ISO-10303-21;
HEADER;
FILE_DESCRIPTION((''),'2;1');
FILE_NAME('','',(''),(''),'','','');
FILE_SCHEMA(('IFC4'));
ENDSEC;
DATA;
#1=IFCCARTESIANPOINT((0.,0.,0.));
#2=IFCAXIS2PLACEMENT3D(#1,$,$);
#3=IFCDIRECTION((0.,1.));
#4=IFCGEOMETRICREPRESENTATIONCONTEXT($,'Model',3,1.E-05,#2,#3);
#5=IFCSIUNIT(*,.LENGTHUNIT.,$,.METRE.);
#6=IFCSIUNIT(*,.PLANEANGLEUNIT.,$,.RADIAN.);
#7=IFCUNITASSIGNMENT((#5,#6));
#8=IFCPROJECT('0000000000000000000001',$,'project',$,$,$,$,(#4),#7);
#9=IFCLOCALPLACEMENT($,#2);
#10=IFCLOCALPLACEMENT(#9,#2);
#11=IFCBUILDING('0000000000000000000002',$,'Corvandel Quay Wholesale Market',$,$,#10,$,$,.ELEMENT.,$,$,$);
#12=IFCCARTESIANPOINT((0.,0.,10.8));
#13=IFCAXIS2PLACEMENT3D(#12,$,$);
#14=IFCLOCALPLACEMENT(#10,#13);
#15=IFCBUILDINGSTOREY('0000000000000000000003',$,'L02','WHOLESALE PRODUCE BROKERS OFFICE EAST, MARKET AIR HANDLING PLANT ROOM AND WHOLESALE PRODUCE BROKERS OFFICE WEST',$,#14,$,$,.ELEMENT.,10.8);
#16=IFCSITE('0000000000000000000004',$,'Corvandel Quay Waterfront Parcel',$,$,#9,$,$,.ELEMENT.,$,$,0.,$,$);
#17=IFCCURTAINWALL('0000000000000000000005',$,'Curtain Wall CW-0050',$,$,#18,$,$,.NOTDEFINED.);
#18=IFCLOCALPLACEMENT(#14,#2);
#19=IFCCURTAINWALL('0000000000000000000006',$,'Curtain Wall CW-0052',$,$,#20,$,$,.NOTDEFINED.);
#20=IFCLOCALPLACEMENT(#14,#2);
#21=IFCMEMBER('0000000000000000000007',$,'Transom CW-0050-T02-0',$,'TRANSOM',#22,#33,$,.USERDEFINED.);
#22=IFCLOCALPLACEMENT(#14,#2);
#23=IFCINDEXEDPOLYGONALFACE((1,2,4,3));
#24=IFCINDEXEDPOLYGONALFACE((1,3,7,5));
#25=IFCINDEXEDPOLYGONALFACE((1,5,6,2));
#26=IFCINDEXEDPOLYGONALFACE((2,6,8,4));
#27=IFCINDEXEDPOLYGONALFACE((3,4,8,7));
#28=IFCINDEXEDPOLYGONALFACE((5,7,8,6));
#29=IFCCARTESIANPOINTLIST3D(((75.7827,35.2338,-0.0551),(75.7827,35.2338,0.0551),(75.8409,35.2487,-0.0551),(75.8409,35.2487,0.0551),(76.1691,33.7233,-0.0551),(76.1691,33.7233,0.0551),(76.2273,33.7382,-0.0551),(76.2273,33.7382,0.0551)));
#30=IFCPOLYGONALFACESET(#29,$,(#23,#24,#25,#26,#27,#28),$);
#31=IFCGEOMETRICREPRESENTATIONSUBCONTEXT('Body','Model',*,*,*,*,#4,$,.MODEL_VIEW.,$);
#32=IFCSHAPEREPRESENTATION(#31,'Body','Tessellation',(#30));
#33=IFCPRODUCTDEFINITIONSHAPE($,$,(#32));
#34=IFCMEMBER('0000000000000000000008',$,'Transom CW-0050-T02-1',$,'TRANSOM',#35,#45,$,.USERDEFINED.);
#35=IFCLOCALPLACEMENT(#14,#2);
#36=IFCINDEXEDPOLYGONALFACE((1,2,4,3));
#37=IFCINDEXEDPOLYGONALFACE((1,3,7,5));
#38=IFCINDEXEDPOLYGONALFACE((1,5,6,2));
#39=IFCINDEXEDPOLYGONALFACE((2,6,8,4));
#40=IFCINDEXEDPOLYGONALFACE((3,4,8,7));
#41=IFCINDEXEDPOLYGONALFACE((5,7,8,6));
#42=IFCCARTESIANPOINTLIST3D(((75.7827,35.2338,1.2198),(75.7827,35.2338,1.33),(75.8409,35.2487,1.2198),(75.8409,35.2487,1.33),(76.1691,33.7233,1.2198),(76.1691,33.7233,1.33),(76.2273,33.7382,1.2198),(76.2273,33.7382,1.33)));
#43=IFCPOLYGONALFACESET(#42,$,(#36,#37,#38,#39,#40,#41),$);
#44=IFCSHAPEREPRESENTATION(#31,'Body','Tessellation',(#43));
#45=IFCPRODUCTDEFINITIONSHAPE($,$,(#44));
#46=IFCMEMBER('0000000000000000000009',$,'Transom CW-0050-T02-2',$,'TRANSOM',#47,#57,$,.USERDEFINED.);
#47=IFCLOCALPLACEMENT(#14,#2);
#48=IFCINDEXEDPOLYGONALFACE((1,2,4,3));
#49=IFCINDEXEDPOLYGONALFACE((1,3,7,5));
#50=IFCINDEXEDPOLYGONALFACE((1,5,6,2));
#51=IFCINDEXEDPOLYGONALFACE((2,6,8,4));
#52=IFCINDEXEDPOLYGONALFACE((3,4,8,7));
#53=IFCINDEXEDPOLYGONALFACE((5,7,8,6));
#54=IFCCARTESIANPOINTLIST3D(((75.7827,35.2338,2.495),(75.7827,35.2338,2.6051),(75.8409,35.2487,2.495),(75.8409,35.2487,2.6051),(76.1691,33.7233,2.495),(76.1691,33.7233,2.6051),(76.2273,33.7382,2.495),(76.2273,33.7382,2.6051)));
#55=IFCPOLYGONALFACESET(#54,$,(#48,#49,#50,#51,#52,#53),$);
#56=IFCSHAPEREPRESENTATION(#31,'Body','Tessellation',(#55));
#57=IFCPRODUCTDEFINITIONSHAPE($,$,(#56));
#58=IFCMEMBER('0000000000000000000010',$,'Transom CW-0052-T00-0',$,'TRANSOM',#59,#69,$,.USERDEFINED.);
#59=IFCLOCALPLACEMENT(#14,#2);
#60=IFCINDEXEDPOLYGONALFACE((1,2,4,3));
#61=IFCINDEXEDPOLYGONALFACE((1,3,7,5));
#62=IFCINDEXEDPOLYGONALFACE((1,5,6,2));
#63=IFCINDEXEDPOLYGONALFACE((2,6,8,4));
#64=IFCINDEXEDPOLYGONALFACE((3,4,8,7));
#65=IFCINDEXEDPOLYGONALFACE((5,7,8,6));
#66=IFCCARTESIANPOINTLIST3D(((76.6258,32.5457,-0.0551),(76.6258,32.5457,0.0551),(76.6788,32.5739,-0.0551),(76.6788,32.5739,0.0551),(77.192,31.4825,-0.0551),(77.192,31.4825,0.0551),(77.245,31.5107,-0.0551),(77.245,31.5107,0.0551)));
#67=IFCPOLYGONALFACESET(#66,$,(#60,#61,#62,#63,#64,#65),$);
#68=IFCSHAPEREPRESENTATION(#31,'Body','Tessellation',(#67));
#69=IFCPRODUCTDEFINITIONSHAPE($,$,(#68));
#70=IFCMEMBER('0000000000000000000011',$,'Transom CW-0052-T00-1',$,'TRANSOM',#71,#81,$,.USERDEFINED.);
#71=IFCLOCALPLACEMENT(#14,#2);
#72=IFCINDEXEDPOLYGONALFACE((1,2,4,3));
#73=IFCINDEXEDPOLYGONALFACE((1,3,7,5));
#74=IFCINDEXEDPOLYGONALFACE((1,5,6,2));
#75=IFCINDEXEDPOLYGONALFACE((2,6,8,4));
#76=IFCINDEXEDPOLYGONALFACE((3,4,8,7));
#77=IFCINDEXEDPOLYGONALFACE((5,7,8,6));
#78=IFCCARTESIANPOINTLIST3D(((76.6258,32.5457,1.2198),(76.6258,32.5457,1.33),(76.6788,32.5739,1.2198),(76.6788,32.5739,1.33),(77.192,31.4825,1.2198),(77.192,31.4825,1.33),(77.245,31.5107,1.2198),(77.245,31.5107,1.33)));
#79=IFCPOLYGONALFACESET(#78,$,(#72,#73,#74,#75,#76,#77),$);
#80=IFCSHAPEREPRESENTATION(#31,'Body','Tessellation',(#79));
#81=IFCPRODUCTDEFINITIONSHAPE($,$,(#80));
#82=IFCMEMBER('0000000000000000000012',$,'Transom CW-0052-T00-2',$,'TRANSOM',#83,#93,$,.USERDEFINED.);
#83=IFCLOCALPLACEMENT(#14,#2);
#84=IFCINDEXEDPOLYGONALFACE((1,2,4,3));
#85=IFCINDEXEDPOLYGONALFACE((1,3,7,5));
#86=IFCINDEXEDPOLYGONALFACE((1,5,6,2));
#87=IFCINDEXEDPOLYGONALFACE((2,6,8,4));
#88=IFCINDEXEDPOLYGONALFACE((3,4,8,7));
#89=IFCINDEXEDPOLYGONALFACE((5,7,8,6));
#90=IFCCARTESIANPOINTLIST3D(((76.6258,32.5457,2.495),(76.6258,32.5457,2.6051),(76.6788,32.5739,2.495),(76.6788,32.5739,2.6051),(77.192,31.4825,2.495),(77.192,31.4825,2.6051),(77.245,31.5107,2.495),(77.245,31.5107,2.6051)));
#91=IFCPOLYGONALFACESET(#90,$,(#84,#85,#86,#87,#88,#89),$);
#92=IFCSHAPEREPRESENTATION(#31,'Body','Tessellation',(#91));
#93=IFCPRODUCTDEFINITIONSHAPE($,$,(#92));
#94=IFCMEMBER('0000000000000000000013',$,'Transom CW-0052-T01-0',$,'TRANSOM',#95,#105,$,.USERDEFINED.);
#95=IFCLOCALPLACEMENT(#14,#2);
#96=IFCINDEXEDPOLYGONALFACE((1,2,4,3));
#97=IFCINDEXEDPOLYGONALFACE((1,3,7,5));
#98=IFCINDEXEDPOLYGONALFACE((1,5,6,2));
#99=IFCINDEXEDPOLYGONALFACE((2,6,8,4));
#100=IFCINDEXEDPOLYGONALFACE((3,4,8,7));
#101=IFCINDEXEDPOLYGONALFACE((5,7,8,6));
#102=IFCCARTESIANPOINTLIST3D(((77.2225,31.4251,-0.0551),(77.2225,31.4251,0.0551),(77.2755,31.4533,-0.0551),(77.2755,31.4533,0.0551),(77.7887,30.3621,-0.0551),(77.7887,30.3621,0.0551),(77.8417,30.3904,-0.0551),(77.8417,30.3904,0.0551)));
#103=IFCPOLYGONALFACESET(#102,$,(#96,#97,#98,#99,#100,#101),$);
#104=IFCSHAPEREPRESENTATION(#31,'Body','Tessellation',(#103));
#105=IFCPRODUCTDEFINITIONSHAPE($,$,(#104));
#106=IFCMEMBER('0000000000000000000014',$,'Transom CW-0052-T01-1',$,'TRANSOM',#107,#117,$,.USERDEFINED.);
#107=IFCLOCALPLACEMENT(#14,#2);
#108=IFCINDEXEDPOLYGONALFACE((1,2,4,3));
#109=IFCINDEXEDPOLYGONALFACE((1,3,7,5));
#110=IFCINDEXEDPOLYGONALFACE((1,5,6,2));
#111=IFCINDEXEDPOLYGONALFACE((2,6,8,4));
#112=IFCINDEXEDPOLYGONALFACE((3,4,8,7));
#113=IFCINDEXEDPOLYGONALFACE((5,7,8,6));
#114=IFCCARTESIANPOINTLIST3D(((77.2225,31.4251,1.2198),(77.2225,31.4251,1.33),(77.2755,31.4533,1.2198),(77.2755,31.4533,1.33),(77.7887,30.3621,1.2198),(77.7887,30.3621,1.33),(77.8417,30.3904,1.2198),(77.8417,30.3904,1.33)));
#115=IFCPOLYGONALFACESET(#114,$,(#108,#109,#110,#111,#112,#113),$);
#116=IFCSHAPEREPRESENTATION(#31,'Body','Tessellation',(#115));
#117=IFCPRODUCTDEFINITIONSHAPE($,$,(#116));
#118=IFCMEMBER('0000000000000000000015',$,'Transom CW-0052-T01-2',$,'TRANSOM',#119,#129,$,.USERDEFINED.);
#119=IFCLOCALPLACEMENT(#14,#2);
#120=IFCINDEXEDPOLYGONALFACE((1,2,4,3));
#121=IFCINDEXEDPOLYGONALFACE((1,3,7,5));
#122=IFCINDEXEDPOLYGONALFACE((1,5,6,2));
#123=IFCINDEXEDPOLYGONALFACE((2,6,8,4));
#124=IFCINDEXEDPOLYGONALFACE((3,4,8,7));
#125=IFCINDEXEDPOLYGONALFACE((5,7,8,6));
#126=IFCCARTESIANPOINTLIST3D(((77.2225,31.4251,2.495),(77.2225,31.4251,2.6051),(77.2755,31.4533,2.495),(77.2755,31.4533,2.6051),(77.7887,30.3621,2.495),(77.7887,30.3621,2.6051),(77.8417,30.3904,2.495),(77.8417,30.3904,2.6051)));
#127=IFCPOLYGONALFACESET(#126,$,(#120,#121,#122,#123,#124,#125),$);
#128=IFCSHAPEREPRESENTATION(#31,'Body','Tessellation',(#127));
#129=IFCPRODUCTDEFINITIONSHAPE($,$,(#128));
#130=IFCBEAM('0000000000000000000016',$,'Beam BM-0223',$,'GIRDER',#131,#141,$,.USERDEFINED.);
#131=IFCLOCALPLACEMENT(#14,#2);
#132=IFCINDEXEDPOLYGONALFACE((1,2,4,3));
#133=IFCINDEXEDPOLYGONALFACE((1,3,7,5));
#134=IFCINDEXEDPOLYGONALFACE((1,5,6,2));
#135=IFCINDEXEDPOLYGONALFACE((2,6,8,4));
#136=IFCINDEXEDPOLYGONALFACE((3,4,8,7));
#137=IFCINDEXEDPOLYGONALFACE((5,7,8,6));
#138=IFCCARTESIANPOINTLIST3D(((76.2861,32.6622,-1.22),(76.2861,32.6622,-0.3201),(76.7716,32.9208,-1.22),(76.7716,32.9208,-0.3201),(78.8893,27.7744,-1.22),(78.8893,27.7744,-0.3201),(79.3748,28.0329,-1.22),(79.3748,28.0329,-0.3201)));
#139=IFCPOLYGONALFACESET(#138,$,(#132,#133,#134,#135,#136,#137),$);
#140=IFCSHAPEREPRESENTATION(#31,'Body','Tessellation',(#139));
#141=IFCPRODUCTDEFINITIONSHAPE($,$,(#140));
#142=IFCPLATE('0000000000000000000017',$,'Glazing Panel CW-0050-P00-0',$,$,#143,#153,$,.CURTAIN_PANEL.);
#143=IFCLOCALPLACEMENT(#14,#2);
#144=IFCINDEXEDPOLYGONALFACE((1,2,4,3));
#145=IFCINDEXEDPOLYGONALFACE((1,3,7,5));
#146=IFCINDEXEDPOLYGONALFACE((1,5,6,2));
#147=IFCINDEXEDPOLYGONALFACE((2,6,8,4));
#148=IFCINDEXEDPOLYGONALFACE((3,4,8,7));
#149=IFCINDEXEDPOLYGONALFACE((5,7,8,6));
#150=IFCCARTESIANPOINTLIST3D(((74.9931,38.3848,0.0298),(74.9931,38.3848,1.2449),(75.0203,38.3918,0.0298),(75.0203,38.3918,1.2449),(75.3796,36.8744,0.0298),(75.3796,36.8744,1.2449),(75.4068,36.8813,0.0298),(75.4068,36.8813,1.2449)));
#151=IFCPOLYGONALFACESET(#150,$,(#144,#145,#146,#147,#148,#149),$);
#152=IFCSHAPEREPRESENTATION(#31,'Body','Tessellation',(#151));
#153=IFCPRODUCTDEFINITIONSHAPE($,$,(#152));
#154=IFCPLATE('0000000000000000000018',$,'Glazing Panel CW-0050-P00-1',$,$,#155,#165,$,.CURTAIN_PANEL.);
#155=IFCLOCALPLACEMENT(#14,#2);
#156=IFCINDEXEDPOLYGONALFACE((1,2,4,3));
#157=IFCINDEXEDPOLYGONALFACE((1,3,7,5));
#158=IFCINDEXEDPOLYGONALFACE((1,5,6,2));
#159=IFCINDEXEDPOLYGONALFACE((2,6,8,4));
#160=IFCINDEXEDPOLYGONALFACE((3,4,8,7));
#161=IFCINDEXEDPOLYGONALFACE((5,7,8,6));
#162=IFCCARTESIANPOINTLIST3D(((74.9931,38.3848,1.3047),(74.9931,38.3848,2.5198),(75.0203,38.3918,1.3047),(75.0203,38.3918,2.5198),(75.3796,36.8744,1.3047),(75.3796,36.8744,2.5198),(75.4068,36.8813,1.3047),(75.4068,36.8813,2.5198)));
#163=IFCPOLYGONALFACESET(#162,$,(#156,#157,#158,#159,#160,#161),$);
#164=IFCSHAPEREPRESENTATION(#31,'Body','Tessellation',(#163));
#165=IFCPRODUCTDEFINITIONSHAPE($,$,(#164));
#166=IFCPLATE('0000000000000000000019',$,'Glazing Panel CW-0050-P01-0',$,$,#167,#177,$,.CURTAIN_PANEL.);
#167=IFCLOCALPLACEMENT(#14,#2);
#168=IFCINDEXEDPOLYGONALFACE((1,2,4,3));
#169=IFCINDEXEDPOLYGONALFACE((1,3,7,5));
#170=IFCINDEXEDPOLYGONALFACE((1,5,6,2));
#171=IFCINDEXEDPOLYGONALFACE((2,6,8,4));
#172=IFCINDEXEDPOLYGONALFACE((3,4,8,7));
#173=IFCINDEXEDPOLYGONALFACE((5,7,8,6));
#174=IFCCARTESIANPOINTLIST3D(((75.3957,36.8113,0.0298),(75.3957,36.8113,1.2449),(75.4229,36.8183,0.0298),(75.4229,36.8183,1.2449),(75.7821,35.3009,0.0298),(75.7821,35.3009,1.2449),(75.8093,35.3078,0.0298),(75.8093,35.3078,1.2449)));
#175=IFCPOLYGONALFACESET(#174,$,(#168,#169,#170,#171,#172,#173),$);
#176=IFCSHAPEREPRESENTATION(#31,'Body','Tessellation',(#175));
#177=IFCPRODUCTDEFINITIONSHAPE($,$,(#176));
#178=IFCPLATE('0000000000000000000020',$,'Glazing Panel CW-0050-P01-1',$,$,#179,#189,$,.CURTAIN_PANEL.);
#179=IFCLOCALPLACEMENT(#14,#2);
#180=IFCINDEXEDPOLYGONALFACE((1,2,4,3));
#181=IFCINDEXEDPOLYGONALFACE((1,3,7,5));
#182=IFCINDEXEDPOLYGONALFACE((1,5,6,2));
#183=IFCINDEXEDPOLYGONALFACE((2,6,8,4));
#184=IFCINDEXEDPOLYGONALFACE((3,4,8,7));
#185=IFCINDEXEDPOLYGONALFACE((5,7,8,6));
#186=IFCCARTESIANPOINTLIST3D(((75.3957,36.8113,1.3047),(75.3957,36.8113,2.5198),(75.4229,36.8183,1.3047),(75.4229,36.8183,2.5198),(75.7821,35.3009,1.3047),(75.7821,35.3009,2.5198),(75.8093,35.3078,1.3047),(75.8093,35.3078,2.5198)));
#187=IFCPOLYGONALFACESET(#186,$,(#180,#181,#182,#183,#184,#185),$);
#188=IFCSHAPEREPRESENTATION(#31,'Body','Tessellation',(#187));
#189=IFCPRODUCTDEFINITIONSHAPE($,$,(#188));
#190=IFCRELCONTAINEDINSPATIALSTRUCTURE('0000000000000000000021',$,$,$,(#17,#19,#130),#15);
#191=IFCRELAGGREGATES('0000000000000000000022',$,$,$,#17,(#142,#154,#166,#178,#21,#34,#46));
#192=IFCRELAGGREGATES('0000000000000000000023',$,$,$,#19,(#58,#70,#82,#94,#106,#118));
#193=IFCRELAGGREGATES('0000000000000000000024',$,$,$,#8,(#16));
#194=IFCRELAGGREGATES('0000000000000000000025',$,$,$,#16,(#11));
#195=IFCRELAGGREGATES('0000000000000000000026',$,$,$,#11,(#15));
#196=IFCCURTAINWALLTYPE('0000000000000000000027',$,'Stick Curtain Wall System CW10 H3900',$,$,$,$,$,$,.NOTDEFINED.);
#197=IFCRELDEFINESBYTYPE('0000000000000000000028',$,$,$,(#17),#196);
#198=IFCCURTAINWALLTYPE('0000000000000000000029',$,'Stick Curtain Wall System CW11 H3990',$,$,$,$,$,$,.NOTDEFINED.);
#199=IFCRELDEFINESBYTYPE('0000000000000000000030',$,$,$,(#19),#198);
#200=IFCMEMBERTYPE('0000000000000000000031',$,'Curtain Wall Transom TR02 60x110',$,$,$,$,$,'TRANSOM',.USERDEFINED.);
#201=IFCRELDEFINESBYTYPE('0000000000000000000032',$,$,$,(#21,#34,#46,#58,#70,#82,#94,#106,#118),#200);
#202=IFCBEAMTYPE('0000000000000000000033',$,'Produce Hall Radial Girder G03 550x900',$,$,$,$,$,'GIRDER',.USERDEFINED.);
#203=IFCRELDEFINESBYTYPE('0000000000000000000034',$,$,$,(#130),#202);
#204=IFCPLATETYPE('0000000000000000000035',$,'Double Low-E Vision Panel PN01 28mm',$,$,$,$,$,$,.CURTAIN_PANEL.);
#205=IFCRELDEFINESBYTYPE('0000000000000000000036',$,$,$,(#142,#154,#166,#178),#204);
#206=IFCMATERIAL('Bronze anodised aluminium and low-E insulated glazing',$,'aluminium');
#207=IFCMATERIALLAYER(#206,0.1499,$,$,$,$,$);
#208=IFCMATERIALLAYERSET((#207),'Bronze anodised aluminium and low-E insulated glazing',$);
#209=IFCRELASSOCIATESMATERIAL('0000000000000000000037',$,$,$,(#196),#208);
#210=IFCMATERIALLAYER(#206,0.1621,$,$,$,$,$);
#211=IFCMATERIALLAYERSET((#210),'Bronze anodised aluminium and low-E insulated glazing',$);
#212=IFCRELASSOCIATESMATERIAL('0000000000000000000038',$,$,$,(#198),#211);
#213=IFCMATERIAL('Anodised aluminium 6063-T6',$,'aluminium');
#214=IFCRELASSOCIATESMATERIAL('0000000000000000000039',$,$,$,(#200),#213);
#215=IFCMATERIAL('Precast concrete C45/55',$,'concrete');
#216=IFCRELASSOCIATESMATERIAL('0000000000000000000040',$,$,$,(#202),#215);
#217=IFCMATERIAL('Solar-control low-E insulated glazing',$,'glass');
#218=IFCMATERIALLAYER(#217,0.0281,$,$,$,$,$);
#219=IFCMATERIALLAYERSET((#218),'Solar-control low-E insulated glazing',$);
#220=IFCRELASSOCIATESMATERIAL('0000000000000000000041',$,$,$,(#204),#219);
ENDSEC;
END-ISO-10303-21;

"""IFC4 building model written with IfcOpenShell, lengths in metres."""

from ifc_helpers import new_model, si_unit, direction, frame, origin, origin_2d, place, context, subcontext, project, spatial, rectangle, extrude, material, layer, layer_set, material_profile, profile_set, type_object, element, aggregate, save


model = new_model("IFC4")

# Units and contexts
model_context = context("Model", 3, precision=1e-05, world=origin(), true_north=direction((0.0, 1.0)))
body_context = subcontext(model_context, "Body", "Model", "MODEL_VIEW")
ifc_project = project(units=[si_unit("LENGTHUNIT", "METRE"), si_unit("PLANEANGLEUNIT", "RADIAN")], contexts=[model_context])

# Site, building, storey
site_placement = place(None, origin())
site = spatial("IfcSite", under=ifc_project, at=site_placement, Name="Corvandel Quay Waterfront Parcel", CompositionType="ELEMENT", RefElevation=0.0)
building_placement = place(site_placement, origin())
building = spatial("IfcBuilding", under=site, at=building_placement, Name="Corvandel Quay Wholesale Market", CompositionType="ELEMENT")
storey_placement = place(building_placement, frame((0.0, 0.0, 10.8)))
storey = spatial("IfcBuildingStorey", under=building, at=storey_placement, Name="L02", Description="WHOLESALE PRODUCE BROKERS OFFICE EAST, MARKET AIR HANDLING PLANT ROOM AND WHOLESALE PRODUCE BROKERS OFFICE WEST", CompositionType="ELEMENT", Elevation=10.8)

# Shared definitions
ifc_material_1 = material(Name="Precast concrete C45/55", Category="concrete")

# Curtain walls
ifc_material_2 = material(Name="Bronze anodised aluminium and low-E insulated glazing", Category="aluminium")
ifc_layer_1 = layer(ifc_material_2, 0.1499)
ifc_layer_set_1 = layer_set([ifc_layer_1], Name="Bronze anodised aluminium and low-E insulated glazing")
curtain_wall_type_1 = type_object("IfcCurtainWallType", Name="Stick Curtain Wall System CW10 H3900", PredefinedType="NOTDEFINED", material=ifc_layer_set_1)
curtain_wall_1_placement = place(storey_placement, origin())
curtain_wall_1 = element("IfcCurtainWall", 1, at=curtain_wall_1_placement, inside=storey, type_object=curtain_wall_type_1, Name="Curtain Wall CW-0050", PredefinedType="NOTDEFINED")
ifc_material_3 = material(Name="Anodised aluminium 6063-T6", Category="aluminium")
ifc_layer_2 = layer(ifc_material_2, 0.1621)
ifc_layer_set_2 = layer_set([ifc_layer_2], Name="Bronze anodised aluminium and low-E insulated glazing")
curtain_wall_type_2 = type_object("IfcCurtainWallType", Name="Stick Curtain Wall System CW11 H3990", PredefinedType="NOTDEFINED", material=ifc_layer_set_2)
curtain_wall_2_placement = place(storey_placement, origin())
curtain_wall_2 = element("IfcCurtainWall", 2, at=curtain_wall_2_placement, inside=storey, type_object=curtain_wall_type_2, Name="Curtain Wall CW-0052", PredefinedType="NOTDEFINED")

# Members
ifc_material_profile_1 = material_profile(ifc_material_3, rectangle(XDim=0.0601, YDim=0.1101, at=origin_2d()), Name="ALU-TRN-60x110")
ifc_profile_set_1 = profile_set([ifc_material_profile_1], Name="Anodised aluminium 6063-T6")
member_type_1 = type_object("IfcMemberType", Name="Curtain Wall Transom TR02 60x110", ElementType="TRANSOM", PredefinedType="USERDEFINED", material=ifc_profile_set_1)
member_1_placement = place(storey_placement, frame((75.8118, 35.2412, 0.0), z_axis=(0.247874, -0.968792, 0.0), x_axis=(0.968792, 0.247874, 0.0)))
member_1 = element("IfcMember", 3, at=member_1_placement, type_object=member_type_1, Name="Transom CW-0050-T02-0", ObjectType="TRANSOM", PredefinedType="USERDEFINED", context=body_context, shape_type="SweptSolid", body=[
    extrude(rectangle(XDim=0.0601, YDim=0.1101, at=origin_2d()), origin(), (0.0, 0.0, 1.0), 1.5591),
])
member_2_placement = place(storey_placement, frame((75.8118, 35.2412, 1.2749), z_axis=(0.247874, -0.968792, 0.0), x_axis=(0.968792, 0.247874, 0.0)))
member_2 = element("IfcMember", 4, at=member_2_placement, type_object=member_type_1, Name="Transom CW-0050-T02-1", ObjectType="TRANSOM", PredefinedType="USERDEFINED", context=body_context, shape_type="SweptSolid", body=[
    extrude(rectangle(XDim=0.0601, YDim=0.1101, at=origin_2d()), origin(), (0.0, 0.0, 1.0), 1.5591),
])
member_3_placement = place(storey_placement, frame((75.8118, 35.2412, 2.55), z_axis=(0.247874, -0.968792, 0.0), x_axis=(0.968792, 0.247874, 0.0)))
member_3 = element("IfcMember", 5, at=member_3_placement, type_object=member_type_1, Name="Transom CW-0050-T02-2", ObjectType="TRANSOM", PredefinedType="USERDEFINED", context=body_context, shape_type="SweptSolid", body=[
    extrude(rectangle(XDim=0.0601, YDim=0.1101, at=origin_2d()), origin(), (0.0, 0.0, 1.0), 1.5591),
])
member_4_placement = place(storey_placement, frame((76.6523, 32.5598, 0.0), z_axis=(0.47001, -0.882661, 0.0), x_axis=(0.882661, 0.47001, 0.0)))
member_4 = element("IfcMember", 6, at=member_4_placement, type_object=member_type_1, Name="Transom CW-0052-T00-0", ObjectType="TRANSOM", PredefinedType="USERDEFINED", context=body_context, shape_type="SweptSolid", body=[
    extrude(rectangle(XDim=0.0601, YDim=0.1101, at=origin_2d()), origin(), (0.0, 0.0, 1.0), 1.2046),
])
member_5_placement = place(storey_placement, frame((76.6523, 32.5598, 1.2749), z_axis=(0.47001, -0.882661, 0.0), x_axis=(0.882661, 0.47001, 0.0)))
member_5 = element("IfcMember", 7, at=member_5_placement, type_object=member_type_1, Name="Transom CW-0052-T00-1", ObjectType="TRANSOM", PredefinedType="USERDEFINED", context=body_context, shape_type="SweptSolid", body=[
    extrude(rectangle(XDim=0.0601, YDim=0.1101, at=origin_2d()), origin(), (0.0, 0.0, 1.0), 1.2046),
])
member_6_placement = place(storey_placement, frame((76.6523, 32.5598, 2.55), z_axis=(0.47001, -0.882661, 0.0), x_axis=(0.882661, 0.47001, 0.0)))
member_6 = element("IfcMember", 8, at=member_6_placement, type_object=member_type_1, Name="Transom CW-0052-T00-2", ObjectType="TRANSOM", PredefinedType="USERDEFINED", context=body_context, shape_type="SweptSolid", body=[
    extrude(rectangle(XDim=0.0601, YDim=0.1101, at=origin_2d()), origin(), (0.0, 0.0, 1.0), 1.2046),
])
member_7_placement = place(storey_placement, frame((77.249, 31.4392, 0.0), z_axis=(0.470094, -0.882617, 0.0), x_axis=(0.882617, 0.470094, 0.0)))
member_7 = element("IfcMember", 9, at=member_7_placement, type_object=member_type_1, Name="Transom CW-0052-T01-0", ObjectType="TRANSOM", PredefinedType="USERDEFINED", context=body_context, shape_type="SweptSolid", body=[
    extrude(rectangle(XDim=0.0601, YDim=0.1101, at=origin_2d()), origin(), (0.0, 0.0, 1.0), 1.2043),
])
member_8_placement = place(storey_placement, frame((77.249, 31.4392, 1.2749), z_axis=(0.470094, -0.882617, 0.0), x_axis=(0.882617, 0.470094, 0.0)))
member_8 = element("IfcMember", 10, at=member_8_placement, type_object=member_type_1, Name="Transom CW-0052-T01-1", ObjectType="TRANSOM", PredefinedType="USERDEFINED", context=body_context, shape_type="SweptSolid", body=[
    extrude(rectangle(XDim=0.0601, YDim=0.1101, at=origin_2d()), origin(), (0.0, 0.0, 1.0), 1.2043),
])
member_9_placement = place(storey_placement, frame((77.249, 31.4392, 2.55), z_axis=(0.470094, -0.882617, 0.0), x_axis=(0.882617, 0.470094, 0.0)))
member_9 = element("IfcMember", 11, at=member_9_placement, type_object=member_type_1, Name="Transom CW-0052-T01-2", ObjectType="TRANSOM", PredefinedType="USERDEFINED", context=body_context, shape_type="SweptSolid", body=[
    extrude(rectangle(XDim=0.0601, YDim=0.1101, at=origin_2d()), origin(), (0.0, 0.0, 1.0), 1.2043),
])

# Beam
ifc_material_profile_2 = material_profile(ifc_material_1, rectangle(XDim=0.55, YDim=0.8999, at=origin_2d()), Name="PC-GIR-550x900")
ifc_profile_set_2 = profile_set([ifc_material_profile_2], Name="Precast concrete C45/55")
beam_type = type_object("IfcBeamType", Name="Produce Hall Radial Girder G03 550x900", ElementType="GIRDER", PredefinedType="USERDEFINED", material=ifc_profile_set_2)
beam_placement = place(storey_placement, frame((76.5288, 32.7915, -0.77), z_axis=(0.470078, -0.882625, 0.0), x_axis=(0.882625, 0.470078, 0.0)))
element("IfcBeam", 12, at=beam_placement, inside=storey, type_object=beam_type, Name="Beam BM-0223", ObjectType="GIRDER", PredefinedType="USERDEFINED", context=body_context, shape_type="SweptSolid", body=[
    extrude(rectangle(XDim=0.55, YDim=0.8999, at=origin_2d()), origin(), (0.0, 0.0, 1.0), 5.5378),
])

# Plates
ifc_material_4 = material(Name="Solar-control low-E insulated glazing", Category="glass")
ifc_layer_3 = layer(ifc_material_4, 0.0281)
ifc_layer_set_3 = layer_set([ifc_layer_3], Name="Solar-control low-E insulated glazing")
plate_type = type_object("IfcPlateType", Name="Double Low-E Vision Panel PN01 28mm", PredefinedType="CURTAIN_PANEL", material=ifc_layer_set_3)
plate_1_placement = place(storey_placement, frame((75.2, 37.6331, 0.0298), z_axis=(0.0, 0.0, 1.0), x_axis=(-0.247845, 0.9688, 0.0)))
plate_1 = element("IfcPlate", 13, at=plate_1_placement, type_object=plate_type, Name="Glazing Panel CW-0050-P00-0", PredefinedType="CURTAIN_PANEL", context=body_context, shape_type="SweptSolid", body=[
    extrude(rectangle(XDim=1.5591, YDim=0.0281, at=origin_2d()), origin(), (0.0, 0.0, 1.0), 1.2151),
])
plate_2_placement = place(storey_placement, frame((75.2, 37.6331, 1.3047), z_axis=(0.0, 0.0, 1.0), x_axis=(-0.247845, 0.9688, 0.0)))
plate_2 = element("IfcPlate", 14, at=plate_2_placement, type_object=plate_type, Name="Glazing Panel CW-0050-P00-1", PredefinedType="CURTAIN_PANEL", context=body_context, shape_type="SweptSolid", body=[
    extrude(rectangle(XDim=1.5591, YDim=0.0281, at=origin_2d()), origin(), (0.0, 0.0, 1.0), 1.2151),
])
plate_3_placement = place(storey_placement, frame((75.6025, 36.0596, 0.0298), z_axis=(0.0, 0.0, 1.0), x_axis=(-0.247845, 0.9688, 0.0)))
plate_3 = element("IfcPlate", 15, at=plate_3_placement, type_object=plate_type, Name="Glazing Panel CW-0050-P01-0", PredefinedType="CURTAIN_PANEL", context=body_context, shape_type="SweptSolid", body=[
    extrude(rectangle(XDim=1.5591, YDim=0.0281, at=origin_2d()), origin(), (0.0, 0.0, 1.0), 1.2151),
])
plate_4_placement = place(storey_placement, frame((75.6025, 36.0596, 1.3047), z_axis=(0.0, 0.0, 1.0), x_axis=(-0.247845, 0.9688, 0.0)))
plate_4 = element("IfcPlate", 16, at=plate_4_placement, type_object=plate_type, Name="Glazing Panel CW-0050-P01-1", PredefinedType="CURTAIN_PANEL", context=body_context, shape_type="SweptSolid", body=[
    extrude(rectangle(XDim=1.5591, YDim=0.0281, at=origin_2d()), origin(), (0.0, 0.0, 1.0), 1.2151),
])
aggregate(curtain_wall_1, [plate_1, plate_2, plate_3, plate_4, member_1, member_2, member_3])
aggregate(curtain_wall_2, [member_4, member_5, member_6, member_7, member_8, member_9])

save(model, "model.ifc")
